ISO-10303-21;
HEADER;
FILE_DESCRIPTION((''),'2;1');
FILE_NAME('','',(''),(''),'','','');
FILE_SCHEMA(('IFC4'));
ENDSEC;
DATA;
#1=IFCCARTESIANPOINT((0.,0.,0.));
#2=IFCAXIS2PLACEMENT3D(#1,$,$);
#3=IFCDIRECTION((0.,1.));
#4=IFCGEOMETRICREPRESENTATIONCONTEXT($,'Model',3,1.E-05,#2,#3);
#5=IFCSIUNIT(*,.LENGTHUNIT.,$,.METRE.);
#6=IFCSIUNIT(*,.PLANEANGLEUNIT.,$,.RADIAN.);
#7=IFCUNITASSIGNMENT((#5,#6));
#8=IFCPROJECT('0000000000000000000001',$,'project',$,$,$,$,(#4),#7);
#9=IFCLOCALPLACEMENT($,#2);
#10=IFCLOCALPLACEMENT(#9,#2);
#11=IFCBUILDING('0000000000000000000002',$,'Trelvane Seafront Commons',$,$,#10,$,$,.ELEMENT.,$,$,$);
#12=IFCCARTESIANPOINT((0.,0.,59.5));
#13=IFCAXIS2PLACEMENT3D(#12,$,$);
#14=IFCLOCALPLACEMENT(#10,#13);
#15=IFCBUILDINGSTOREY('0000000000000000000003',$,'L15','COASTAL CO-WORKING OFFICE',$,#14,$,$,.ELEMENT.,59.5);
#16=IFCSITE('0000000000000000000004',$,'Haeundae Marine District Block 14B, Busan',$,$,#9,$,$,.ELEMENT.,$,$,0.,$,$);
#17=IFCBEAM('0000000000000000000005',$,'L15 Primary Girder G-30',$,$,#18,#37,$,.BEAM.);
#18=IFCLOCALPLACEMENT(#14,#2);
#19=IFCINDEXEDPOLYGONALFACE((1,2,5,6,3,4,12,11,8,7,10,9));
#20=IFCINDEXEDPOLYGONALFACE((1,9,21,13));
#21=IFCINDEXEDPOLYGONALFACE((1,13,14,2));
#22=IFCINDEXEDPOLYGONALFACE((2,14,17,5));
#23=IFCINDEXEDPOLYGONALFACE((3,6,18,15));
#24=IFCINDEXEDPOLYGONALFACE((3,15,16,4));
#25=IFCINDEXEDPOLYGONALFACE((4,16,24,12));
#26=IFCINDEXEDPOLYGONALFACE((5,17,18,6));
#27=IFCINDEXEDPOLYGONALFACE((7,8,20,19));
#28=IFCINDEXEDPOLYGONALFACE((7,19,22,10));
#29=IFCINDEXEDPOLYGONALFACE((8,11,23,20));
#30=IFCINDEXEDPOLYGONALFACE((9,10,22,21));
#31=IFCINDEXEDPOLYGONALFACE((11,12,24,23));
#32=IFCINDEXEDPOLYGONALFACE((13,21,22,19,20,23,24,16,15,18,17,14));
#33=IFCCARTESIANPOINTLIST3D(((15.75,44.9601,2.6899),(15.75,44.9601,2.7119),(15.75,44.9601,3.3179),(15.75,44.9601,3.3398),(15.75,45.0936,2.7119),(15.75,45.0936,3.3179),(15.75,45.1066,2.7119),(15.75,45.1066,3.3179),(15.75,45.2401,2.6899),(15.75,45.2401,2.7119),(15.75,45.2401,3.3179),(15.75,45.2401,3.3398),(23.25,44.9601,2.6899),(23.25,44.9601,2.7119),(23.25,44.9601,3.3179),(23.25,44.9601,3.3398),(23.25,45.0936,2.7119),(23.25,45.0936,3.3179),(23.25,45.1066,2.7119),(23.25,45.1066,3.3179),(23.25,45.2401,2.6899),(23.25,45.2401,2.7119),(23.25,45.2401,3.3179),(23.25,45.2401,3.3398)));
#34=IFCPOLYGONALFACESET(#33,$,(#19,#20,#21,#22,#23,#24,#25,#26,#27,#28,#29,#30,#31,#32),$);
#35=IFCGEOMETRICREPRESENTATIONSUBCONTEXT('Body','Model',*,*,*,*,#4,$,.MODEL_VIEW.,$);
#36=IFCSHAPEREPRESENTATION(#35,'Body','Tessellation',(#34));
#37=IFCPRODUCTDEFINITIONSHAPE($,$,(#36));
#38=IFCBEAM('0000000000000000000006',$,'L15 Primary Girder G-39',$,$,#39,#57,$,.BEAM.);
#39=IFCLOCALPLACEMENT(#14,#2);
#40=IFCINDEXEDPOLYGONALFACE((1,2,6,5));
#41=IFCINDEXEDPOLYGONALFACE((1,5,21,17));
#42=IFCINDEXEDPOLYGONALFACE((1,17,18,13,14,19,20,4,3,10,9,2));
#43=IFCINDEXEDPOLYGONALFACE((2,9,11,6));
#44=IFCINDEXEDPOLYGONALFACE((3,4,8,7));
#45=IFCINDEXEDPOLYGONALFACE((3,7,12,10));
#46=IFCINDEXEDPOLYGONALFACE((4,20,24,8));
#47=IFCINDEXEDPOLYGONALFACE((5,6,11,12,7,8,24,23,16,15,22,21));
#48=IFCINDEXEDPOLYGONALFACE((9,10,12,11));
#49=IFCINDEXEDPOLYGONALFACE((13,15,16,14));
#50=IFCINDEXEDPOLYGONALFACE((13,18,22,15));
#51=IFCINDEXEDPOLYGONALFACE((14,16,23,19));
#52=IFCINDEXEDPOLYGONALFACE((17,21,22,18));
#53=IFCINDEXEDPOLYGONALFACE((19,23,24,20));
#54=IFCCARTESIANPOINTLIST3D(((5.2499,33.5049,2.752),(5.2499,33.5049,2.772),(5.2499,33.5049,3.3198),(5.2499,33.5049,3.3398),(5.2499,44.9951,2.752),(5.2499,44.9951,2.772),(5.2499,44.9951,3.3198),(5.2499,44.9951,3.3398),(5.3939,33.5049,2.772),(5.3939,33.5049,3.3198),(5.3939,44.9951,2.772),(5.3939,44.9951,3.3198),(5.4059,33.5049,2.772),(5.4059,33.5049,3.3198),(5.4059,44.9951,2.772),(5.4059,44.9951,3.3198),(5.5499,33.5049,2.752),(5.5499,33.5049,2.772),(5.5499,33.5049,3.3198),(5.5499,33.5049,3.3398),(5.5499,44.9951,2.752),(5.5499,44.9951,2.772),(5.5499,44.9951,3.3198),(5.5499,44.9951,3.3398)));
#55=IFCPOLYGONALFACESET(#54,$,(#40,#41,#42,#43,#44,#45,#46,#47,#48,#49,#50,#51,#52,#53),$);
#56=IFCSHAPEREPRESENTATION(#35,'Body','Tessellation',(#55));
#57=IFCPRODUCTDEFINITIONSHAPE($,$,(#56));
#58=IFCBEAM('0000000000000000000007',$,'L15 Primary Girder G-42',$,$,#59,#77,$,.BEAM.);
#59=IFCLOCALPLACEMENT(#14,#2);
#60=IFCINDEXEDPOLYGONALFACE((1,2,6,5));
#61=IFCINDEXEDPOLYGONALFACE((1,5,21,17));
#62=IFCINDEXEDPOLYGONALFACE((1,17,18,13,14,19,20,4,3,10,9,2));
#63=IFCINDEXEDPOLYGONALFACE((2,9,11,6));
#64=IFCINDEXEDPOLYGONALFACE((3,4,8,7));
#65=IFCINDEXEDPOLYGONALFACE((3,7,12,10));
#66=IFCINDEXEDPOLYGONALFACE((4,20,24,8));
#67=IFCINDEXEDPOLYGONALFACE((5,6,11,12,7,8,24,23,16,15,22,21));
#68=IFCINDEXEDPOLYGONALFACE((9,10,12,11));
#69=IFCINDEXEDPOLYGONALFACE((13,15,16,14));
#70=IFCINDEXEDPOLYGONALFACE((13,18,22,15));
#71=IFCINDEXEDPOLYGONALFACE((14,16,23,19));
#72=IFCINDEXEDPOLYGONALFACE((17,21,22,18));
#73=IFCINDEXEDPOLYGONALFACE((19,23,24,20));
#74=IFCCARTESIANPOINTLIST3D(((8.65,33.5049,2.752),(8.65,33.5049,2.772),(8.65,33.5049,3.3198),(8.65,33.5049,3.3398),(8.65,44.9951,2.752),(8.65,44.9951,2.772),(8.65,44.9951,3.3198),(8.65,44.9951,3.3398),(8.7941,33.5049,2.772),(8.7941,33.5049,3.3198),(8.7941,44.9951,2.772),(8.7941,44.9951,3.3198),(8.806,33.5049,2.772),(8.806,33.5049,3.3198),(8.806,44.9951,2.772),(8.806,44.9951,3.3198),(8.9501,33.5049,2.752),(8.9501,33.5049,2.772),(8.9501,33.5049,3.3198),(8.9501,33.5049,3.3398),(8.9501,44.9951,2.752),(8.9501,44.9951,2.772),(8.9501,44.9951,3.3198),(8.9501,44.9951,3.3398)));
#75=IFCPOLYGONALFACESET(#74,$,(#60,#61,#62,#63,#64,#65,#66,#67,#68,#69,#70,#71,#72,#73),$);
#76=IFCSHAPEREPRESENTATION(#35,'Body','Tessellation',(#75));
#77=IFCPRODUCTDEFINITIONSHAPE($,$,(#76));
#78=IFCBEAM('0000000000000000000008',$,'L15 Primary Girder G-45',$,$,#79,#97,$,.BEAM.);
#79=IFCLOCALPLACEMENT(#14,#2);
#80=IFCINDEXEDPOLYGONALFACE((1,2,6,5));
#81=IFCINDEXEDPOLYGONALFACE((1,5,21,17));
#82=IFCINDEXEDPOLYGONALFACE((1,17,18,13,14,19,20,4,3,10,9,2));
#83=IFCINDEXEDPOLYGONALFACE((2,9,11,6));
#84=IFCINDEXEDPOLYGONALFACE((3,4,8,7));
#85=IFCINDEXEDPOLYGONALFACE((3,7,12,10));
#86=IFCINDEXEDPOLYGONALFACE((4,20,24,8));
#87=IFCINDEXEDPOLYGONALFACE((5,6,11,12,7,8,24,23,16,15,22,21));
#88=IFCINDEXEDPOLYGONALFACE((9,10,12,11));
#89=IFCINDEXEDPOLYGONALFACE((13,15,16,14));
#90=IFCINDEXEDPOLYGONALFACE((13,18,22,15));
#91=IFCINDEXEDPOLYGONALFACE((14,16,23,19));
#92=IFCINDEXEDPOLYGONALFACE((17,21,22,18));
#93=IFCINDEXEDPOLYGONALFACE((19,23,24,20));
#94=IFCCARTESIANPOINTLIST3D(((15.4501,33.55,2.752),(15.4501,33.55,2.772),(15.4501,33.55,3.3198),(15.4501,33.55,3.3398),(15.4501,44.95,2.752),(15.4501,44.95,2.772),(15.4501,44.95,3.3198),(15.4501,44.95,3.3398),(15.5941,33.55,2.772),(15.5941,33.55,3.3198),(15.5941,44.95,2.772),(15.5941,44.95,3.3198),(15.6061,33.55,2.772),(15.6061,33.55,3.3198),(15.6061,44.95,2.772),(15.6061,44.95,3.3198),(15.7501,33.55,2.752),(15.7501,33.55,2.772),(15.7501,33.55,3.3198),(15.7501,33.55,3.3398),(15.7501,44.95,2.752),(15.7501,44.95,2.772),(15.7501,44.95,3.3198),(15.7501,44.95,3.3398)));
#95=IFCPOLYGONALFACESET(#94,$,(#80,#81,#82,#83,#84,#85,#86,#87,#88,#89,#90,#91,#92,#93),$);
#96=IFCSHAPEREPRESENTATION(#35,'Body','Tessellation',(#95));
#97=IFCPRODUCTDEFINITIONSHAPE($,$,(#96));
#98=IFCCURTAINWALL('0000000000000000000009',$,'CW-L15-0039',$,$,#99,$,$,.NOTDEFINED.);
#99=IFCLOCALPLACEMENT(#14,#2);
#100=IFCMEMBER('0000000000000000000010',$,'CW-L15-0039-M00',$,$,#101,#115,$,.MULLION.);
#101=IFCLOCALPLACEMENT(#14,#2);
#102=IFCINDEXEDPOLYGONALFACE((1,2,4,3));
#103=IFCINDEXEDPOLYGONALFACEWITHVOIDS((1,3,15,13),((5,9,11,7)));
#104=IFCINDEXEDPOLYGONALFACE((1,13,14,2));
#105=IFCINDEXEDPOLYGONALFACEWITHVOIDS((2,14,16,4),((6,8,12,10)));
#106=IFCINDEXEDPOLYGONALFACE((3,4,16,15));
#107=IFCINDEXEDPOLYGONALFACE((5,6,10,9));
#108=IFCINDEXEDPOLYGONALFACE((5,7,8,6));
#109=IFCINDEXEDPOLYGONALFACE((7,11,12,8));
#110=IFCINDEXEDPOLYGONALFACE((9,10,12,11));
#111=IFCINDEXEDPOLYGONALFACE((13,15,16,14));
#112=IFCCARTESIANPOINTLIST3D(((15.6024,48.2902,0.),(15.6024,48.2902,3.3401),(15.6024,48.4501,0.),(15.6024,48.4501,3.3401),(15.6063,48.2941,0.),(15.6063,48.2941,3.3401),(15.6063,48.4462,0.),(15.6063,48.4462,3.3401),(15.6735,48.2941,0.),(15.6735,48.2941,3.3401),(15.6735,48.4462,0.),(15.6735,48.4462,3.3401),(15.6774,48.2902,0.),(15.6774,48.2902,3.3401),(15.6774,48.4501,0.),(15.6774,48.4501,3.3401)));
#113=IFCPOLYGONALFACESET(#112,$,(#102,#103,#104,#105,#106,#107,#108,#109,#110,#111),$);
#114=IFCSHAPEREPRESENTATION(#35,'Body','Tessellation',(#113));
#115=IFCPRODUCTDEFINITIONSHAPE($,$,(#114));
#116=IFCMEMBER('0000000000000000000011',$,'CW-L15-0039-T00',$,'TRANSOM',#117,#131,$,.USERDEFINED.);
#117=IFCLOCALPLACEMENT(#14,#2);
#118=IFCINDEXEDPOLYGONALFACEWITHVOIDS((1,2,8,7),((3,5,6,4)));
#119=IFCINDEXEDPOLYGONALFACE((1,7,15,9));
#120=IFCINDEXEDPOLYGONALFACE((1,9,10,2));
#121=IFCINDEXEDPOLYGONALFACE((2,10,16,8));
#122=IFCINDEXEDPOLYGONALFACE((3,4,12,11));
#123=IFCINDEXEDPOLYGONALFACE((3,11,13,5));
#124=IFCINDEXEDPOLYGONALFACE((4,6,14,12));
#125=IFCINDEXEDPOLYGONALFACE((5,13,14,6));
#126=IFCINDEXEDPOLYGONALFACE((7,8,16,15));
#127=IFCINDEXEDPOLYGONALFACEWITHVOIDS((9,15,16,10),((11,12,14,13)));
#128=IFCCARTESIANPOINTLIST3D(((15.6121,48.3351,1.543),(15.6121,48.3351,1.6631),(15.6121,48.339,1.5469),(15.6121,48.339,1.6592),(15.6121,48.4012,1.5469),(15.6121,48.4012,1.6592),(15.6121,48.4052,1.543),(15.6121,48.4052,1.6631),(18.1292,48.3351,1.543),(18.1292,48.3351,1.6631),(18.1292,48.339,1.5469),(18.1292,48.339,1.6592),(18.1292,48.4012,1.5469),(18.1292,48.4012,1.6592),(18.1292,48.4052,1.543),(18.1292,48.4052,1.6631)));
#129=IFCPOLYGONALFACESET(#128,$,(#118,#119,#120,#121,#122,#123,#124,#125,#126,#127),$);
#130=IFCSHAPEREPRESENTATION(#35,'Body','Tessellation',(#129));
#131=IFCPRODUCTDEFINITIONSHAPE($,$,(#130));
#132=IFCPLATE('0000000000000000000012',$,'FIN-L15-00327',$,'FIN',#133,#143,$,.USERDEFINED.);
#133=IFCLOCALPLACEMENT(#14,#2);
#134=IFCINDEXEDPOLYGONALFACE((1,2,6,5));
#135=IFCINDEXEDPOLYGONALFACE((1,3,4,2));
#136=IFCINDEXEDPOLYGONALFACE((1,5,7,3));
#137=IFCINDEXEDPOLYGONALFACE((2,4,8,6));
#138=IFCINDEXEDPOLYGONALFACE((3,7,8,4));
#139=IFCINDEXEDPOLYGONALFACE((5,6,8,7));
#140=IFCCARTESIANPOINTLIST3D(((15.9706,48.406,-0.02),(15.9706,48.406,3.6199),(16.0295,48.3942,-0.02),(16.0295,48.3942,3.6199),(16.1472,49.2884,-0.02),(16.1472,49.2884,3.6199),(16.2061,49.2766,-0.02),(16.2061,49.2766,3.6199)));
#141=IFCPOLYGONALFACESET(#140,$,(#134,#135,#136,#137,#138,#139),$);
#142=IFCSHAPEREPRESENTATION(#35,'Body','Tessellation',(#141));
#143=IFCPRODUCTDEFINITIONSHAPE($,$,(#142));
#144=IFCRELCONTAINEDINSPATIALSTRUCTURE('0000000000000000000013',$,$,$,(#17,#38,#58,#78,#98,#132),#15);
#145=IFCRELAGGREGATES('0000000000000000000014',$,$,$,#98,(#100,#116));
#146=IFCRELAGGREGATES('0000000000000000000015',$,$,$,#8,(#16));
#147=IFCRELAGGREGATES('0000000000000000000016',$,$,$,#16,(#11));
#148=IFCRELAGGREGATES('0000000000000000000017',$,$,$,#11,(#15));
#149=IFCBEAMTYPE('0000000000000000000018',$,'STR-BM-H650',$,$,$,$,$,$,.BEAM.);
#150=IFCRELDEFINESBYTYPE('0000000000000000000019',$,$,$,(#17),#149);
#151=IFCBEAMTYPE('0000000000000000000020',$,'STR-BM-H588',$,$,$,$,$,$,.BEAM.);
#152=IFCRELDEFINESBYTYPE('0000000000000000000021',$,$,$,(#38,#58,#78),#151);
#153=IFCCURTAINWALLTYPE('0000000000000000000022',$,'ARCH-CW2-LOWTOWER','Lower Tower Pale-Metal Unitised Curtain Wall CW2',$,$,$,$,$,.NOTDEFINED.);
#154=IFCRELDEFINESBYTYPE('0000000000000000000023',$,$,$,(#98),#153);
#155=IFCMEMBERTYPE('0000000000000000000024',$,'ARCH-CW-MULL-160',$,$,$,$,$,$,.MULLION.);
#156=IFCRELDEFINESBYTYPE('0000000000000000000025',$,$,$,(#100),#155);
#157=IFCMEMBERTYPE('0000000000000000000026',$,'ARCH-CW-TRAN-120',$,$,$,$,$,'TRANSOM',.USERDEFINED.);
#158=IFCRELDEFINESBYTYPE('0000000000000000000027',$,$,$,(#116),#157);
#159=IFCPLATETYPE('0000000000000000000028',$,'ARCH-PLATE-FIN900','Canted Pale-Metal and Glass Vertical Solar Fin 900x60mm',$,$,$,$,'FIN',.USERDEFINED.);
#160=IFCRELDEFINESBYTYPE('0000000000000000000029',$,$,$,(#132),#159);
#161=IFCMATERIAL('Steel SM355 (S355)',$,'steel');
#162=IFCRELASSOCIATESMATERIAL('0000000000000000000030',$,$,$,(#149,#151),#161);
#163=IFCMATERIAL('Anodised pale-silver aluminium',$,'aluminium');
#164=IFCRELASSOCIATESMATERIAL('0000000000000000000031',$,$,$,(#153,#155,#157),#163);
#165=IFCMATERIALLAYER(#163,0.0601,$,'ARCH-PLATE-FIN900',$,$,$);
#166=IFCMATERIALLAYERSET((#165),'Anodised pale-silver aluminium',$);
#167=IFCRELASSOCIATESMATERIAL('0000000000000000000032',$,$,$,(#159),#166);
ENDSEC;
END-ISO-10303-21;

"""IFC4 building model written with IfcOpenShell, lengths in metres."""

from ifc_helpers import new_model, si_unit, direction, frame, origin, origin_2d, place, context, subcontext, project, spatial, rectangle, hollow_rectangle, i_section, extrude, source, transform, mapped, material, layer, layer_set, material_profile, profile_set, type_object, element, aggregate, save


model = new_model("IFC4")

# Units and contexts
model_context = context("Model", 3, precision=1e-05, world=origin(), true_north=direction((0.0, 1.0)))
body_context = subcontext(model_context, "Body", "Model", "MODEL_VIEW")
ifc_project = project(units=[si_unit("LENGTHUNIT", "METRE"), si_unit("PLANEANGLEUNIT", "RADIAN")], contexts=[model_context])

# Site, building, storey
site_placement = place(None, origin())
site = spatial("IfcSite", under=ifc_project, at=site_placement, Name="Haeundae Marine District Block 14B, Busan", CompositionType="ELEMENT", RefElevation=0.0)
building_placement = place(site_placement, origin())
building = spatial("IfcBuilding", under=site, at=building_placement, Name="Trelvane Seafront Commons", CompositionType="ELEMENT")
storey_placement = place(building_placement, frame((0.0, 0.0, 59.5)))
storey = spatial("IfcBuildingStorey", under=building, at=storey_placement, Name="L15", Description="COASTAL CO-WORKING OFFICE", CompositionType="ELEMENT", Elevation=59.5)

# Shared definitions
ifc_material_1 = material(Name="Steel SM355 (S355)", Category="steel")

# Beams
ifc_material_profile_1 = material_profile(ifc_material_1, i_section(OverallWidth=0.28, OverallDepth=0.6499, WebThickness=0.0129, FlangeThickness=0.022, at=origin_2d()), Name="H-650x280x13x22")
ifc_profile_set_1 = profile_set([ifc_material_profile_1], Name="Steel SM355 (S355)")
beam_type_1 = type_object("IfcBeamType", Name="STR-BM-H650", PredefinedType="BEAM", material=ifc_profile_set_1)
shared_shape_1 = source(origin(), body_context, "Body", "SweptSolid", [
    extrude(i_section(OverallWidth=0.28, OverallDepth=0.6499, WebThickness=0.0129, FlangeThickness=0.022, at=origin_2d()), origin(), (0.0, 0.0, 1.0), 7.5),
])
for number, where, z_axis, x_axis, name in (
    (1, (15.75, 45.1001, 3.0149), (1.0, 0.0, 0.0), (0.0, 1.0, 0.0), "L15 Primary Girder G-30"),
):
    element("IfcBeam", number, at=place(storey_placement, frame(where, z_axis=z_axis, x_axis=x_axis)), inside=storey, type_object=beam_type_1, Name=name, PredefinedType="BEAM", context=body_context, shape_type="MappedRepresentation", body=[
        mapped(shared_shape_1, transform((0.0, 0.0, 0.0), x_axis=(1.0, 0.0, 0.0), y_axis=(0.0, 1.0, 0.0), z_axis=(0.0, 0.0, 1.0), scale=1.0)),
    ])
ifc_material_profile_2 = material_profile(ifc_material_1, i_section(OverallWidth=0.3, OverallDepth=0.5879, WebThickness=0.012, FlangeThickness=0.02, at=origin_2d()), Name="H-588x300x12x20")
ifc_profile_set_2 = profile_set([ifc_material_profile_2], Name="Steel SM355 (S355)")
beam_type_2 = type_object("IfcBeamType", Name="STR-BM-H588", PredefinedType="BEAM", material=ifc_profile_set_2)
shared_shape_2 = source(origin(), body_context, "Body", "SweptSolid", [
    extrude(i_section(OverallWidth=0.3, OverallDepth=0.5879, WebThickness=0.012, FlangeThickness=0.02, at=origin_2d()), origin(), (0.0, 0.0, 1.0), 11.4902),
])
for number, where, z_axis, x_axis, name in (
    (2, (5.3999, 33.5049, 3.0459), (0.0, 1.0, 0.0), (-1.0, 0.0, 0.0), "L15 Primary Girder G-39"),
    (3, (8.8, 33.5049, 3.0459), (0.0, 1.0, 0.0), (-1.0, 0.0, 0.0), "L15 Primary Girder G-42"),
):
    element("IfcBeam", number, at=place(storey_placement, frame(where, z_axis=z_axis, x_axis=x_axis)), inside=storey, type_object=beam_type_2, Name=name, PredefinedType="BEAM", context=body_context, shape_type="MappedRepresentation", body=[
        mapped(shared_shape_2, transform((0.0, 0.0, 0.0), x_axis=(1.0, 0.0, 0.0), y_axis=(0.0, 1.0, 0.0), z_axis=(0.0, 0.0, 1.0), scale=1.0)),
    ])
shared_shape_3 = source(origin(), body_context, "Body", "SweptSolid", [
    extrude(i_section(OverallWidth=0.3, OverallDepth=0.5879, WebThickness=0.012, FlangeThickness=0.02, at=origin_2d()), origin(), (0.0, 0.0, 1.0), 11.3999),
])
beam_1_placement = place(storey_placement, frame((15.6001, 33.55, 3.0459), z_axis=(0.0, 1.0, 0.0), x_axis=(-1.0, 0.0, 0.0)))
element("IfcBeam", 4, at=beam_1_placement, inside=storey, type_object=beam_type_2, Name="L15 Primary Girder G-45", PredefinedType="BEAM", context=body_context, shape_type="MappedRepresentation", body=[
    mapped(shared_shape_3, transform((0.0, 0.0, 0.0), x_axis=(1.0, 0.0, 0.0), y_axis=(0.0, 1.0, 0.0), z_axis=(0.0, 0.0, 1.0), scale=1.0)),
])

# Curtain wall, members
ifc_material_2 = material(Name="Anodised pale-silver aluminium", Category="aluminium")
curtain_wall_type = type_object("IfcCurtainWallType", Name="ARCH-CW2-LOWTOWER", Description="Lower Tower Pale-Metal Unitised Curtain Wall CW2", PredefinedType="NOTDEFINED", material=ifc_material_2)
curtain_wall_placement = place(storey_placement, origin())
curtain_wall = element("IfcCurtainWall", 5, at=curtain_wall_placement, inside=storey, type_object=curtain_wall_type, Name="CW-L15-0039", PredefinedType="NOTDEFINED")
ifc_material_profile_3 = material_profile(ifc_material_2, hollow_rectangle(XDim=0.075, YDim=0.1599, WallThickness=0.0039, at=origin_2d()), Name="MULL-75x160x4")
ifc_profile_set_3 = profile_set([ifc_material_profile_3], Name="Anodised pale-silver aluminium")
member_type_1 = type_object("IfcMemberType", Name="ARCH-CW-MULL-160", PredefinedType="MULLION", material=ifc_profile_set_3)
shared_shape_4 = source(origin(), body_context, "Body", "SweptSolid", [
    extrude(hollow_rectangle(XDim=0.075, YDim=0.1599, WallThickness=0.0039, at=origin_2d()), origin(), (0.0, 0.0, 1.0), 3.3401),
])
member_1_placement = place(storey_placement, frame((15.6399, 48.3701, 0.0), z_axis=(0.0, 0.0, 1.0), x_axis=(1.0, 0.0, 0.0)))
member_1 = element("IfcMember", 6, at=member_1_placement, type_object=member_type_1, Name="CW-L15-0039-M00", PredefinedType="MULLION", context=body_context, shape_type="MappedRepresentation", body=[
    mapped(shared_shape_4, transform((0.0, 0.0, 0.0), x_axis=(1.0, 0.0, 0.0), y_axis=(0.0, 1.0, 0.0), z_axis=(0.0, 0.0, 1.0), scale=1.0)),
])
ifc_material_profile_4 = material_profile(ifc_material_2, hollow_rectangle(XDim=0.0701, YDim=0.1201, WallThickness=0.0039, at=origin_2d()), Name="TRAN-70x120x4")
ifc_profile_set_4 = profile_set([ifc_material_profile_4], Name="Anodised pale-silver aluminium")
member_type_2 = type_object("IfcMemberType", Name="ARCH-CW-TRAN-120", ElementType="TRANSOM", PredefinedType="USERDEFINED", material=ifc_profile_set_4)
shared_shape_5 = source(origin(), body_context, "Body", "SweptSolid", [
    extrude(hollow_rectangle(XDim=0.0701, YDim=0.1201, WallThickness=0.0039, at=origin_2d()), origin(), (0.0, 0.0, 1.0), 2.5171),
])
member_2_placement = place(storey_placement, frame((15.6121, 48.3701, 1.603), z_axis=(1.0, 0.0, 0.0), x_axis=(0.0, 1.0, 0.0)))
member_2 = element("IfcMember", 7, at=member_2_placement, type_object=member_type_2, Name="CW-L15-0039-T00", ObjectType="TRANSOM", PredefinedType="USERDEFINED", context=body_context, shape_type="MappedRepresentation", body=[
    mapped(shared_shape_5, transform((0.0, 0.0, 0.0), x_axis=(1.0, 0.0, 0.0), y_axis=(0.0, 1.0, 0.0), z_axis=(0.0, 0.0, 1.0), scale=1.0)),
])
aggregate(curtain_wall, [member_1, member_2])

# Plate
ifc_layer_1 = layer(ifc_material_2, 0.0601, Name="ARCH-PLATE-FIN900")
ifc_layer_set_1 = layer_set([ifc_layer_1], Name="Anodised pale-silver aluminium")
plate_type = type_object("IfcPlateType", Name="ARCH-PLATE-FIN900", Description="Canted Pale-Metal and Glass Vertical Solar Fin 900x60mm", ElementType="FIN", PredefinedType="USERDEFINED", material=ifc_layer_set_1)
shared_shape_6 = source(origin(), body_context, "Body", "SweptSolid", [
    extrude(rectangle(XDim=0.8999, YDim=0.0601, at=origin_2d()), origin(), (0.0, 0.0, 1.0), 3.6399),
])
plate_placement = place(storey_placement, frame((16.0884, 48.8413, -0.02), z_axis=(0.0, 0.0, 1.0), x_axis=(0.196223, 0.980559, 0.0)))
element("IfcPlate", 8, at=plate_placement, inside=storey, type_object=plate_type, Name="FIN-L15-00327", ObjectType="FIN", PredefinedType="USERDEFINED", context=body_context, shape_type="MappedRepresentation", body=[
    mapped(shared_shape_6, transform((0.0, 0.0, 0.0), x_axis=(1.0, 0.0, 0.0), y_axis=(0.0, 1.0, 0.0), z_axis=(0.0, 0.0, 1.0), scale=1.0)),
])

save(model, "model.ifc")
